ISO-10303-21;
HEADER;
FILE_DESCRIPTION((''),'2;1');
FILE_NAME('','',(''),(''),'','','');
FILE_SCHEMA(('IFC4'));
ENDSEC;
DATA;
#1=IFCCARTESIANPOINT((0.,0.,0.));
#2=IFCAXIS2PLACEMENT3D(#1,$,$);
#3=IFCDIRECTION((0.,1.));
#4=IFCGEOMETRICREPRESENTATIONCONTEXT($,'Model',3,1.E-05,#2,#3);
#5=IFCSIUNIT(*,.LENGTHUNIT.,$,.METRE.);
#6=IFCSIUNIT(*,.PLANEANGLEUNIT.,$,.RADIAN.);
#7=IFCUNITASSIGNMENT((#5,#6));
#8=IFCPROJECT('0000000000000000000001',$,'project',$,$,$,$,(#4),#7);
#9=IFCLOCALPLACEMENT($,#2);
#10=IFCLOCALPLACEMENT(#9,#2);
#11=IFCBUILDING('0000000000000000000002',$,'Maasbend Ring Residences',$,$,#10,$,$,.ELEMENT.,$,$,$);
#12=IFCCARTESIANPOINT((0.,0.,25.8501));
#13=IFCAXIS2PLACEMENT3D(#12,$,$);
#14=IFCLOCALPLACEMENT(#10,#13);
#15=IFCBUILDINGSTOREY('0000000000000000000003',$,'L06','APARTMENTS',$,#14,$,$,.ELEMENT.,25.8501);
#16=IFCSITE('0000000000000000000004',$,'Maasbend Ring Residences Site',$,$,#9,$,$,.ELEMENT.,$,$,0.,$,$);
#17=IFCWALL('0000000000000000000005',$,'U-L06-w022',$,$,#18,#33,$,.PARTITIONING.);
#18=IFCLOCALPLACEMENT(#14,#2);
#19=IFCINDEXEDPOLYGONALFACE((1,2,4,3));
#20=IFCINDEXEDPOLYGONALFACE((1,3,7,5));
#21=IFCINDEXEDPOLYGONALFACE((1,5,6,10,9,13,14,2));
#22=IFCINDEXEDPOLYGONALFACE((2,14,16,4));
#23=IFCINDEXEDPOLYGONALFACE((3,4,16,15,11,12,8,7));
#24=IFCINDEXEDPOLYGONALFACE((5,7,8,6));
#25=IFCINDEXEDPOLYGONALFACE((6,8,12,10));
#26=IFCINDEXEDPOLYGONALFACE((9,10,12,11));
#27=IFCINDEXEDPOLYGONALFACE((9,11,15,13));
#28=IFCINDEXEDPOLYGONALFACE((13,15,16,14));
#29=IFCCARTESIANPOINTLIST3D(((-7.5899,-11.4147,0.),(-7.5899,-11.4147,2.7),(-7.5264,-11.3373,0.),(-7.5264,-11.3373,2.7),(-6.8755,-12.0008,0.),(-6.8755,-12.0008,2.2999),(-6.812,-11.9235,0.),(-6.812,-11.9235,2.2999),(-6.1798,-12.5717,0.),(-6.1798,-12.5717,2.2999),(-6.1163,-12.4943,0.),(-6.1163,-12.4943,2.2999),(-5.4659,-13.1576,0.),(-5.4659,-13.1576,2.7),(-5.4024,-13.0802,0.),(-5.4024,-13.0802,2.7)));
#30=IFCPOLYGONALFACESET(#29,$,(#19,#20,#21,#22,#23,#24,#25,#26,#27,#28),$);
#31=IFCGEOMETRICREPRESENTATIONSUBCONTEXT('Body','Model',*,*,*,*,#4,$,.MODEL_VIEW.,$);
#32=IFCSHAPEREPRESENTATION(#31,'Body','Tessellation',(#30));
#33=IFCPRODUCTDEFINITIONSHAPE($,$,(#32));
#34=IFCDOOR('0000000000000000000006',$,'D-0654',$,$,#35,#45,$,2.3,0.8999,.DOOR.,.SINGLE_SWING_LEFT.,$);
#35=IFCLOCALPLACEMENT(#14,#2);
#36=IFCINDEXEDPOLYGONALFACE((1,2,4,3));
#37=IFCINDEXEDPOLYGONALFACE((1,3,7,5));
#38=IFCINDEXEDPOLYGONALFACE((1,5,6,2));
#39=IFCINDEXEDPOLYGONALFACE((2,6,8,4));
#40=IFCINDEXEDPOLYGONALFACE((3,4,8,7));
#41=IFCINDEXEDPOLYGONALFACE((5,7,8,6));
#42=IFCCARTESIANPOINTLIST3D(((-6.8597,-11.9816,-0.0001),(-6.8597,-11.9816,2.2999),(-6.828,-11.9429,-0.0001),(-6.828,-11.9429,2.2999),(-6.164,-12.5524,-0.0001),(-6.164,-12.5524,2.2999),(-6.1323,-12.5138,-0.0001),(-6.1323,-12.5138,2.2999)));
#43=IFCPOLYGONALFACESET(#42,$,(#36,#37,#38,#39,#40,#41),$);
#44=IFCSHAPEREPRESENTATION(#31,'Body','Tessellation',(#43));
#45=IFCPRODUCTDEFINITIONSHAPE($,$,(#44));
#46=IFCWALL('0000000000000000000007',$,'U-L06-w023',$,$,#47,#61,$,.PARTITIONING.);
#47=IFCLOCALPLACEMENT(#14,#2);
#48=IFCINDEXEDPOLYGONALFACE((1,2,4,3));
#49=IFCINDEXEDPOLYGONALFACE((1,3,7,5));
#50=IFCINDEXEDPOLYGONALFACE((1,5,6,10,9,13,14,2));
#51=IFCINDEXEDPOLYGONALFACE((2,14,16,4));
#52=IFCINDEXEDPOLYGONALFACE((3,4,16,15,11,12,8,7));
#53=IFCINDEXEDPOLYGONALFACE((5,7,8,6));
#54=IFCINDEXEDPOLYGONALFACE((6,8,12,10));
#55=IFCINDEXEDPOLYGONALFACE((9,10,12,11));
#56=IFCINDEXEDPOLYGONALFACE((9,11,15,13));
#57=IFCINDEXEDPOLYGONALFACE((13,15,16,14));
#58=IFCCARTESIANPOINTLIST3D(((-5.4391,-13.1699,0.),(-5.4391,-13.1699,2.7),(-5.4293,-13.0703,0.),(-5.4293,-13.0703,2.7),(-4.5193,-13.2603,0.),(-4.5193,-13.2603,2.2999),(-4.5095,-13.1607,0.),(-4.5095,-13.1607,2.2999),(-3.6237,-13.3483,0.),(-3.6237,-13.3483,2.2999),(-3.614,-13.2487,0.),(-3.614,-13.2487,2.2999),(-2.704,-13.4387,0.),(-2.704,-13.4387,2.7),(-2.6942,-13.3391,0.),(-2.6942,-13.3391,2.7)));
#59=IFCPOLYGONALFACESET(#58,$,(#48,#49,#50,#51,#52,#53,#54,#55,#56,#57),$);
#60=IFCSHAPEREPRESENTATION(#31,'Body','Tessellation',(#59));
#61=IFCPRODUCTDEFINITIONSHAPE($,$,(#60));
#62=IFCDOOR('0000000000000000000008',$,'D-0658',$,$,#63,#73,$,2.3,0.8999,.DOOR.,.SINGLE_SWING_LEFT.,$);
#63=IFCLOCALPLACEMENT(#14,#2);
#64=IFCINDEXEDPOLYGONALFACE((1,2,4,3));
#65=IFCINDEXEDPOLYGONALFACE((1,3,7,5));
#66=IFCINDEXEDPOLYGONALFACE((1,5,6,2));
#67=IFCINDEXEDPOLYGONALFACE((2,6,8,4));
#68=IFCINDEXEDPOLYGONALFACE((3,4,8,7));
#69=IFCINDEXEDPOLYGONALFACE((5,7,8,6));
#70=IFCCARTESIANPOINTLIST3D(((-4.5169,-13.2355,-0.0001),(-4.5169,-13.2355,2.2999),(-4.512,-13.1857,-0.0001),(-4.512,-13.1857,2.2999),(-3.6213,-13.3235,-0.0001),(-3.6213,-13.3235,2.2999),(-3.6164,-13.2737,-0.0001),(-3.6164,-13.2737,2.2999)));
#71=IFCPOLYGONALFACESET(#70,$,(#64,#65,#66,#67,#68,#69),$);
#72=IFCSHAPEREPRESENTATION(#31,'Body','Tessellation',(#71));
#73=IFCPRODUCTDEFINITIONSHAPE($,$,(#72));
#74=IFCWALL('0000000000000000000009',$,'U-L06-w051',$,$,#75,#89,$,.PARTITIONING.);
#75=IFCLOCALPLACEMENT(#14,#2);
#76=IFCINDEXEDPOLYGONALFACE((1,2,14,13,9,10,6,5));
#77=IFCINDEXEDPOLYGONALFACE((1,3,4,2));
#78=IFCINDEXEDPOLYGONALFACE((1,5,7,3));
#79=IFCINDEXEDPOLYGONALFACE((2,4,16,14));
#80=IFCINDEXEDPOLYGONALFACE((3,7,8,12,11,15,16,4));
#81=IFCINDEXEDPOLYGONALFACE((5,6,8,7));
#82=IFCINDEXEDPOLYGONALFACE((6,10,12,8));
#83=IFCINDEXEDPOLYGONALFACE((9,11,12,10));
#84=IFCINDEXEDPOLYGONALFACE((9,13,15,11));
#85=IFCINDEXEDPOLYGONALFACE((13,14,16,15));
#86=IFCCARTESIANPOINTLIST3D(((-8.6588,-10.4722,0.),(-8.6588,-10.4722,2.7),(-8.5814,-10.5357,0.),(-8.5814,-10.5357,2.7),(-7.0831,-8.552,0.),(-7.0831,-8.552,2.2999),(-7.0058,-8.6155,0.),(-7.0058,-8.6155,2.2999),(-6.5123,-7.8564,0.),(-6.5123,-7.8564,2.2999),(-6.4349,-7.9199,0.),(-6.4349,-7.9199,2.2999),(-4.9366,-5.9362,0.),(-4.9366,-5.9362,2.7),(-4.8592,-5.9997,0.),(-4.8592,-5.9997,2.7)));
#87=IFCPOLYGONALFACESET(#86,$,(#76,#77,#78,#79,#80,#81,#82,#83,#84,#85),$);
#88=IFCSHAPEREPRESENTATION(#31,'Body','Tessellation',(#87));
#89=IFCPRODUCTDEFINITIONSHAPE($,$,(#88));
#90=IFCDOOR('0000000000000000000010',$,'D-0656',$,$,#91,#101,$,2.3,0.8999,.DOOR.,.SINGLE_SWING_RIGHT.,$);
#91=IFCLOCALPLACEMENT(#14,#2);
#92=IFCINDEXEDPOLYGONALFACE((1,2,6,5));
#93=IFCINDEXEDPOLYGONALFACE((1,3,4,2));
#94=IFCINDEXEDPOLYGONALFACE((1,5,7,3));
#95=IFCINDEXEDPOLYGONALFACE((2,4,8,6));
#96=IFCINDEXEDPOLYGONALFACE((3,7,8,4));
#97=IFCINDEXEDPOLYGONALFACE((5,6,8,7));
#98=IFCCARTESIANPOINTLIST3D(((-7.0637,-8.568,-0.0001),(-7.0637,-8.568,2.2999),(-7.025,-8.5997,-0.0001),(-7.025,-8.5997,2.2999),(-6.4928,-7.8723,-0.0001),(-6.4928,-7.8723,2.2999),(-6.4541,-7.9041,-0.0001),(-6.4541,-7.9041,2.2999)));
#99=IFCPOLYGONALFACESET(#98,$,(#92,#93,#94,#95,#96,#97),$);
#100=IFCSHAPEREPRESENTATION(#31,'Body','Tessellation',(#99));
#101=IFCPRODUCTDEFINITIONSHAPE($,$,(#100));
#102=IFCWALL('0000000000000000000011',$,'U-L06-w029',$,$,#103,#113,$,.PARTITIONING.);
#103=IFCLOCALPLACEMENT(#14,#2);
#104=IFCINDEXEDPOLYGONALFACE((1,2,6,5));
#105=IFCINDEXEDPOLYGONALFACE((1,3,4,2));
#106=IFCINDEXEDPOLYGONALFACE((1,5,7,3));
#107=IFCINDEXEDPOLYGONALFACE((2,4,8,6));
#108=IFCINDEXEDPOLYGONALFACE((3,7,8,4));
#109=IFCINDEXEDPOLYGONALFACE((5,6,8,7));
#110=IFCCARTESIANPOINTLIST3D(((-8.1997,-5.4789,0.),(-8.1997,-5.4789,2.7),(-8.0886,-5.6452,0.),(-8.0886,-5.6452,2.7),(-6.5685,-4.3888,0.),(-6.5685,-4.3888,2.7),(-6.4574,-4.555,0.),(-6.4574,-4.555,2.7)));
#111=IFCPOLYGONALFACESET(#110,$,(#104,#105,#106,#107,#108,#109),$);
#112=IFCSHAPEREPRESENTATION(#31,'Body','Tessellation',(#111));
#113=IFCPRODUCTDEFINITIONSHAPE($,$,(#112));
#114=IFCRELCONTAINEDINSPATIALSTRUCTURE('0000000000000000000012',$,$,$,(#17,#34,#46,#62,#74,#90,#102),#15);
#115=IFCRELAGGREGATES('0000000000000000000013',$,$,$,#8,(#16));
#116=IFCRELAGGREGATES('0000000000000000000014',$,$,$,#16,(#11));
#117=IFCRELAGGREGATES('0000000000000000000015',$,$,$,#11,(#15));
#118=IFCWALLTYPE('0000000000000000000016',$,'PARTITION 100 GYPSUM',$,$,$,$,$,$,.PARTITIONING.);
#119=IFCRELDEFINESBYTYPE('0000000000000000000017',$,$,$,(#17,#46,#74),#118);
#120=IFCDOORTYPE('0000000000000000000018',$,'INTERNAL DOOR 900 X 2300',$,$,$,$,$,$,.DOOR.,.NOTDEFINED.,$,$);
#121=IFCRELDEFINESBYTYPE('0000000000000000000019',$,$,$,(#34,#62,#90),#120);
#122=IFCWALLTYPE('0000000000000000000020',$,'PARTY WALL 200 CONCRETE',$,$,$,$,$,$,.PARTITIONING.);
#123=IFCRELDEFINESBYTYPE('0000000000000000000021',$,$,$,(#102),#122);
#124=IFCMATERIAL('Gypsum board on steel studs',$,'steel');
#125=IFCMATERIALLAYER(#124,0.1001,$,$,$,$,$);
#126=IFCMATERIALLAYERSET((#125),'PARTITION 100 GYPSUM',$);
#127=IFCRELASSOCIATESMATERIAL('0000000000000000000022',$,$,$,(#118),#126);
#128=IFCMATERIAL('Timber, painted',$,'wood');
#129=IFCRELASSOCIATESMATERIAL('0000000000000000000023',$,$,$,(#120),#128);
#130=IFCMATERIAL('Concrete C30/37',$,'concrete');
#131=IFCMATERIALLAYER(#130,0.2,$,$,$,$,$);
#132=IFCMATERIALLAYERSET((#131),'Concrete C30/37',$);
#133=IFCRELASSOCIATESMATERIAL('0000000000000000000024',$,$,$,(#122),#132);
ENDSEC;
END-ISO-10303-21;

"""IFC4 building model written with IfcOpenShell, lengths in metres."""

from ifc_helpers import new_model, si_unit, direction, frame, frame_2d, origin, place, context, subcontext, project, spatial, rectangle, extrude, material, layer, layer_set, type_object, element, fill, save


model = new_model("IFC4")

# Units and contexts
model_context = context("Model", 3, precision=1e-05, world=origin(), true_north=direction((0.0, 1.0)))
body_context = subcontext(model_context, "Body", "Model", "MODEL_VIEW")
ifc_project = project(units=[si_unit("LENGTHUNIT", "METRE"), si_unit("PLANEANGLEUNIT", "RADIAN")], contexts=[model_context])

# Site, building, storey
site_placement = place(None, origin())
site = spatial("IfcSite", under=ifc_project, at=site_placement, Name="Maasbend Ring Residences Site", CompositionType="ELEMENT", RefElevation=0.0)
building_placement = place(site_placement, origin())
building = spatial("IfcBuilding", under=site, at=building_placement, Name="Maasbend Ring Residences", CompositionType="ELEMENT")
storey_placement = place(building_placement, frame((0.0, 0.0, 25.8501)))
storey = spatial("IfcBuildingStorey", under=building, at=storey_placement, Name="L06", Description="APARTMENTS", CompositionType="ELEMENT", Elevation=25.8501)

# Walls, openings, doors
ifc_material_1 = material(Name="Gypsum board on steel studs", Category="steel")
ifc_layer_1 = layer(ifc_material_1, 0.1001)
ifc_layer_set_1 = layer_set([ifc_layer_1], Name="PARTITION 100 GYPSUM")
wall_type_1 = type_object("IfcWallType", Name="PARTITION 100 GYPSUM", PredefinedType="PARTITIONING", material=ifc_layer_set_1)
wall_1_placement = place(storey_placement, frame((-7.5581, -11.376, 0.0), z_axis=(0.0, 0.0, 1.0), x_axis=(0.77305, -0.634345, 0.0)))
wall_1 = element("IfcWall", 1, at=wall_1_placement, inside=storey, type_object=wall_type_1, Name="U-L06-w022", PredefinedType="PARTITIONING", context=body_context, shape_type="SweptSolid", body=[
    extrude(rectangle(XDim=2.7476, YDim=0.1001, at=frame_2d((1.3738, 0.0))), origin(), (0.0, 0.0, 1.0), 2.7),
])
opening_1_placement = place(wall_1_placement, frame((0.9241, 0.0, 0.0)))
opening_1 = element("IfcOpeningElement", 2, at=opening_1_placement, cuts=wall_1, PredefinedType="OPENING", context=body_context, shape_type="SweptSolid", body=[
    extrude(rectangle(XDim=0.8999, YDim=2.3, at=frame_2d((0.45, 1.1499))), frame((0.0, 0.0601, 0.0), z_axis=(0.0, -1.0, 0.0), x_axis=(1.0, 0.0, 0.0)), (0.0, 0.0, 1.0), 0.1201),
])
ifc_material_2 = material(Name="Timber, painted", Category="wood")
door_type = type_object("IfcDoorType", Name="INTERNAL DOOR 900 X 2300", OperationType="NOTDEFINED", PredefinedType="DOOR", material=ifc_material_2)
door_1_placement = place(opening_1_placement, origin())
door_1 = element("IfcDoor", 3, at=door_1_placement, inside=storey, type_object=door_type, Name="D-0654", OperationType="SINGLE_SWING_LEFT", OverallHeight=2.3, OverallWidth=0.8999, PredefinedType="DOOR", context=body_context, shape_type="SweptSolid", body=[
    extrude(rectangle(XDim=0.8999, YDim=2.3, at=frame_2d((0.45, 1.1499))), frame((0.0, 0.0249, 0.0), z_axis=(0.0, -1.0, 0.0), x_axis=(1.0, 0.0, 0.0)), (0.0, 0.0, 1.0), 0.05),
])
fill(opening_1, door_1)
wall_2_placement = place(storey_placement, frame((-5.4341, -13.1201, 0.0), z_axis=(0.0, 0.0, 1.0), x_axis=(0.995205, -0.097806, 0.0)))
wall_2 = element("IfcWall", 4, at=wall_2_placement, inside=storey, type_object=wall_type_1, Name="U-L06-w023", PredefinedType="PARTITIONING", context=body_context, shape_type="SweptSolid", body=[
    extrude(rectangle(XDim=2.7483, YDim=0.1001, at=frame_2d((1.374, 0.0))), origin(), (0.0, 0.0, 1.0), 2.7),
])
opening_2_placement = place(wall_2_placement, frame((0.9241, 0.0, 0.0)))
opening_2 = element("IfcOpeningElement", 5, at=opening_2_placement, cuts=wall_2, PredefinedType="OPENING", context=body_context, shape_type="SweptSolid", body=[
    extrude(rectangle(XDim=0.8999, YDim=2.3, at=frame_2d((0.45, 1.1499))), frame((0.0, 0.0601, 0.0), z_axis=(0.0, -1.0, 0.0), x_axis=(1.0, 0.0, 0.0)), (0.0, 0.0, 1.0), 0.1201),
])
door_2_placement = place(opening_2_placement, origin())
door_2 = element("IfcDoor", 6, at=door_2_placement, inside=storey, type_object=door_type, Name="D-0658", OperationType="SINGLE_SWING_LEFT", OverallHeight=2.3, OverallWidth=0.8999, PredefinedType="DOOR", context=body_context, shape_type="SweptSolid", body=[
    extrude(rectangle(XDim=0.8999, YDim=2.3, at=frame_2d((0.45, 1.1499))), frame((0.0, 0.0249, 0.0), z_axis=(0.0, -1.0, 0.0), x_axis=(1.0, 0.0, 0.0)), (0.0, 0.0, 1.0), 0.05),
])
fill(opening_2, door_2)
wall_3_placement = place(storey_placement, frame((-8.6201, -10.5039, 0.0), z_axis=(0.0, 0.0, 1.0), x_axis=(0.634359, 0.773039, 0.0)))
wall_3 = element("IfcWall", 7, at=wall_3_placement, inside=storey, type_object=wall_type_1, Name="U-L06-w051", PredefinedType="PARTITIONING", context=body_context, shape_type="SweptSolid", body=[
    extrude(rectangle(XDim=5.8677, YDim=0.1001, at=frame_2d((2.9338, 0.0))), origin(), (0.0, 0.0, 1.0), 2.7),
])
opening_3_placement = place(wall_3_placement, frame((2.4839, 0.0, 0.0)))
opening_3 = element("IfcOpeningElement", 8, at=opening_3_placement, cuts=wall_3, PredefinedType="OPENING", context=body_context, shape_type="SweptSolid", body=[
    extrude(rectangle(XDim=0.8999, YDim=2.3, at=frame_2d((0.45, 1.1499))), frame((0.0, 0.0601, 0.0), z_axis=(0.0, -1.0, 0.0), x_axis=(1.0, 0.0, 0.0)), (0.0, 0.0, 1.0), 0.1201),
])
door_3_placement = place(opening_3_placement, origin())
door_3 = element("IfcDoor", 9, at=door_3_placement, inside=storey, type_object=door_type, Name="D-0656", OperationType="SINGLE_SWING_RIGHT", OverallHeight=2.3, OverallWidth=0.8999, PredefinedType="DOOR", context=body_context, shape_type="SweptSolid", body=[
    extrude(rectangle(XDim=0.8999, YDim=2.3, at=frame_2d((0.45, 1.1499))), frame((0.0, 0.0249, 0.0), z_axis=(0.0, -1.0, 0.0), x_axis=(1.0, 0.0, 0.0)), (0.0, 0.0, 1.0), 0.05),
])
fill(opening_3, door_3)

# Wall
ifc_material_3 = material(Name="Concrete C30/37", Category="concrete")
ifc_layer_2 = layer(ifc_material_3, 0.2)
ifc_layer_set_2 = layer_set([ifc_layer_2], Name="Concrete C30/37")
wall_type_2 = type_object("IfcWallType", Name="PARTY WALL 200 CONCRETE", PredefinedType="PARTITIONING", material=ifc_layer_set_2)
wall_4_placement = place(storey_placement, frame((-6.5129, -4.4719, 0.0), z_axis=(0.0, 0.0, 1.0), x_axis=(-0.831418, -0.555648, 0.0)))
element("IfcWall", 10, at=wall_4_placement, inside=storey, type_object=wall_type_2, Name="U-L06-w029", PredefinedType="PARTITIONING", context=body_context, shape_type="SweptSolid", body=[
    extrude(rectangle(XDim=1.9619, YDim=0.2, at=frame_2d((0.981, 0.0))), origin(), (0.0, 0.0, 1.0), 2.7),
])

save(model, "model.ifc")
